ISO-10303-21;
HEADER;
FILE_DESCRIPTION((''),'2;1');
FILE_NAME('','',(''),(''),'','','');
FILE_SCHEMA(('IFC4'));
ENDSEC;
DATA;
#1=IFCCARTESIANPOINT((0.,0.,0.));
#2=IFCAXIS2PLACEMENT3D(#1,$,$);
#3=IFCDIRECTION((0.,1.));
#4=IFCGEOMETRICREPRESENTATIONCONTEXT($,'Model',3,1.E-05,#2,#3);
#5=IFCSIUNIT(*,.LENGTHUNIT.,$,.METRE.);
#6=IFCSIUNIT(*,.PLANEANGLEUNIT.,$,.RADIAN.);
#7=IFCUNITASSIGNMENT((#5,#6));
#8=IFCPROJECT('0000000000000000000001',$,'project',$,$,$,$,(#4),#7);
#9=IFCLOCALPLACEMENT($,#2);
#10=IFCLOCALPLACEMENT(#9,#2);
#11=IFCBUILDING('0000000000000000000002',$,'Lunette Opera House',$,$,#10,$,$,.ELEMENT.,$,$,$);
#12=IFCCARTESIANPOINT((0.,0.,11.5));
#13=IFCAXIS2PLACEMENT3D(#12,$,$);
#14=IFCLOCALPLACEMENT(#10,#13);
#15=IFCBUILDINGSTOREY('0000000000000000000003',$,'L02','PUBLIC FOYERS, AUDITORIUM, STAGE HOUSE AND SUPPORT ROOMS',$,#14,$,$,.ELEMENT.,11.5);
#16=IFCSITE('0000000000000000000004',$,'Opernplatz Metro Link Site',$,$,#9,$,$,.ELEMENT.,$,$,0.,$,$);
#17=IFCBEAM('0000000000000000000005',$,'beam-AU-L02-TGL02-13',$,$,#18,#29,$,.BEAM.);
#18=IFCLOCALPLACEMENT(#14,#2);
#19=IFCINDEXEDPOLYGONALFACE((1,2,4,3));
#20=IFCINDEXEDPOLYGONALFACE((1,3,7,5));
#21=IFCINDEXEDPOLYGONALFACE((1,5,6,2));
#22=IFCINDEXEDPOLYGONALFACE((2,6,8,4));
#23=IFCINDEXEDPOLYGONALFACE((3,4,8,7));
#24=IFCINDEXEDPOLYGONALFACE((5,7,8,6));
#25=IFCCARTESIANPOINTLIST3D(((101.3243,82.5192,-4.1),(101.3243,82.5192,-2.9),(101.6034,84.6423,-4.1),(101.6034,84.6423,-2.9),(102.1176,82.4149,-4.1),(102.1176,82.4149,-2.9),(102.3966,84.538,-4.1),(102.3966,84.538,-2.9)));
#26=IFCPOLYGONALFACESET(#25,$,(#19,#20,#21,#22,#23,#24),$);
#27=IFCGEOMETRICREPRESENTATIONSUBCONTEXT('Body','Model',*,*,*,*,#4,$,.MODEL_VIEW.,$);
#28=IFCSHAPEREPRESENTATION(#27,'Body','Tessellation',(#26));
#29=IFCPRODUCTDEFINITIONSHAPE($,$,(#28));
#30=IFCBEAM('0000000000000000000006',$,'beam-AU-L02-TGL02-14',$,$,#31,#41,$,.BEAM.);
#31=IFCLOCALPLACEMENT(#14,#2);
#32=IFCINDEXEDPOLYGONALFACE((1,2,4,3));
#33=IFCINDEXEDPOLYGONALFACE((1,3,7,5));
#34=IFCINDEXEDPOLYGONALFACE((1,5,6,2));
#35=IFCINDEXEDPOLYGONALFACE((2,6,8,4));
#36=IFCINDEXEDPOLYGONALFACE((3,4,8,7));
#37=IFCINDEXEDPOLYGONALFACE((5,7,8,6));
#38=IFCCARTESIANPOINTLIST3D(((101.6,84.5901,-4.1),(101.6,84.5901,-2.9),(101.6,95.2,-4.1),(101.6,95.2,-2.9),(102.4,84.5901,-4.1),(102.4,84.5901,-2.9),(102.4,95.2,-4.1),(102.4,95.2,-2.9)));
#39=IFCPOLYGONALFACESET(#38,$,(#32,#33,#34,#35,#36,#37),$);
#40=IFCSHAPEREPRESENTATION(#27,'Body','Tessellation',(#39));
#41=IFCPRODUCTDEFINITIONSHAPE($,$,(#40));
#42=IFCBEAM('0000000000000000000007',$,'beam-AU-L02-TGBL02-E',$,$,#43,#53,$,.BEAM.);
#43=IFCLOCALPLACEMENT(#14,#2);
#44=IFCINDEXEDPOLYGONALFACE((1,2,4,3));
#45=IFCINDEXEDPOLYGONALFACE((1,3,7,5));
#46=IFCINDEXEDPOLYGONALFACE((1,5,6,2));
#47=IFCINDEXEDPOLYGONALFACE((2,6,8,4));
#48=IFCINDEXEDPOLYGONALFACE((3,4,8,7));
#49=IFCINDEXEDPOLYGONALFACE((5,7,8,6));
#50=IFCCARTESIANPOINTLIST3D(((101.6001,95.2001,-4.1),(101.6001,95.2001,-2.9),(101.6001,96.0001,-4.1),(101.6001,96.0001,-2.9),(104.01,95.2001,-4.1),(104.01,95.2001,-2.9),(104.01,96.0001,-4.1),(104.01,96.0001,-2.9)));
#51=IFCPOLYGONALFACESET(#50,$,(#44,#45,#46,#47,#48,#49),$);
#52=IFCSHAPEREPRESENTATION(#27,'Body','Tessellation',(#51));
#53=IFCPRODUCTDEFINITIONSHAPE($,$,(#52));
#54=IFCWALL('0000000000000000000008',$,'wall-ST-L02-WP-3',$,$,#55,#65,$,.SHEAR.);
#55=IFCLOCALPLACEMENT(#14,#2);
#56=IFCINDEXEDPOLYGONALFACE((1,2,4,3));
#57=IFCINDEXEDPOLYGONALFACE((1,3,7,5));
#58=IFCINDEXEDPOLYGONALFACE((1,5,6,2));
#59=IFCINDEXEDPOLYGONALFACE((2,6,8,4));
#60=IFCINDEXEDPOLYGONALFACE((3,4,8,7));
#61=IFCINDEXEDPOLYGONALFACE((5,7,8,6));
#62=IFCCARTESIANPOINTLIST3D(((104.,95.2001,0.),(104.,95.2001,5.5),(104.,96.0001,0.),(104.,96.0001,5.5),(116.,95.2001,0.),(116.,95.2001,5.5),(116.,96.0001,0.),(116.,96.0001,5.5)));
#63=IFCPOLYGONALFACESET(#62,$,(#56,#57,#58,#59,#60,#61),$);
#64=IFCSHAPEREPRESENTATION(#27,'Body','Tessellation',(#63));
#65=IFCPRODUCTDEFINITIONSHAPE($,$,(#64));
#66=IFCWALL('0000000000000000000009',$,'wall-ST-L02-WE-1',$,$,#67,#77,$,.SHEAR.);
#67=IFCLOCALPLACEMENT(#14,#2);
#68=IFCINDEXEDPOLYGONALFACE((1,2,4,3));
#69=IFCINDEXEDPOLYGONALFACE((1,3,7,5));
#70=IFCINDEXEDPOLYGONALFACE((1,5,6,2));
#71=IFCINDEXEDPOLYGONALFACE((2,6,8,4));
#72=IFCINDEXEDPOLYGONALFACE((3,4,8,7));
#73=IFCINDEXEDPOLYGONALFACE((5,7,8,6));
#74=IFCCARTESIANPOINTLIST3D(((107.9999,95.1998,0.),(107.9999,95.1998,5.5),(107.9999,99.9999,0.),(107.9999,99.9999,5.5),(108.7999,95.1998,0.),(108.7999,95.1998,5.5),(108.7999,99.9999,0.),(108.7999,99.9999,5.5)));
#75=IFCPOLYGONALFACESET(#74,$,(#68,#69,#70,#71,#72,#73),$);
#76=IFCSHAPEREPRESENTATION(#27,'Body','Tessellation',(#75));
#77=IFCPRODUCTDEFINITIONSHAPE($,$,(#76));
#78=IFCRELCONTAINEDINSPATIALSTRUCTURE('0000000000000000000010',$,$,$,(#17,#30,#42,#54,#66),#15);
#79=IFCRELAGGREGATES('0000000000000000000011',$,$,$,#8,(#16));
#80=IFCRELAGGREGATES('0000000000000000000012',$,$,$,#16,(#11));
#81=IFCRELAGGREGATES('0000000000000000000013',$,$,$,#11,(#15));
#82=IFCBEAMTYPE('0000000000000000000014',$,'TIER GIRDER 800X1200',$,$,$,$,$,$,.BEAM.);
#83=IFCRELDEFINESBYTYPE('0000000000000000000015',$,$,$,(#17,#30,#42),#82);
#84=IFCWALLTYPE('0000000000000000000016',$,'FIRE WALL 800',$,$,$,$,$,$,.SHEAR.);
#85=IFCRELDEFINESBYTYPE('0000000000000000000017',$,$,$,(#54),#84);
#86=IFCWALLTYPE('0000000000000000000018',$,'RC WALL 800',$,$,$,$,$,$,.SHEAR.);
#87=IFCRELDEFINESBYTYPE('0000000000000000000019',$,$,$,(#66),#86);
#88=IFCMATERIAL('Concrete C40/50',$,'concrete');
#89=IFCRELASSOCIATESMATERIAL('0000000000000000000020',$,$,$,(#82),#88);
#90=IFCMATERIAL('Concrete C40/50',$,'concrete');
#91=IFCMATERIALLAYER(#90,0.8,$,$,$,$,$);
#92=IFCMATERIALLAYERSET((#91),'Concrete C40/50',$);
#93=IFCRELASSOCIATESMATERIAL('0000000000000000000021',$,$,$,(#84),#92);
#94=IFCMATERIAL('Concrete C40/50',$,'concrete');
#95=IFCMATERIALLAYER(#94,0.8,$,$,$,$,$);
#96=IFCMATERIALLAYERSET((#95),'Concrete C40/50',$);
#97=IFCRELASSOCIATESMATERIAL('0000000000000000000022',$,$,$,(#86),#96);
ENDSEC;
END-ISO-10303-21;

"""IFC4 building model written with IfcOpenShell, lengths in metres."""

from ifc_helpers import new_model, si_unit, direction, frame, frame_2d, origin, origin_2d, place, context, subcontext, project, spatial, rectangle, extrude, material, layer, layer_set, material_profile, profile_set, type_object, element, save


model = new_model("IFC4")

# Units and contexts
model_context = context("Model", 3, precision=1e-05, world=origin(), true_north=direction((0.0, 1.0)))
body_context = subcontext(model_context, "Body", "Model", "MODEL_VIEW")
ifc_project = project(units=[si_unit("LENGTHUNIT", "METRE"), si_unit("PLANEANGLEUNIT", "RADIAN")], contexts=[model_context])

# Site, building, storey
site_placement = place(None, origin())
site = spatial("IfcSite", under=ifc_project, at=site_placement, Name="Opernplatz Metro Link Site", CompositionType="ELEMENT", RefElevation=0.0)
building_placement = place(site_placement, origin())
building = spatial("IfcBuilding", under=site, at=building_placement, Name="Lunette Opera House", CompositionType="ELEMENT")
storey_placement = place(building_placement, frame((0.0, 0.0, 11.5)))
storey = spatial("IfcBuildingStorey", under=building, at=storey_placement, Name="L02", Description="PUBLIC FOYERS, AUDITORIUM, STAGE HOUSE AND SUPPORT ROOMS", CompositionType="ELEMENT", Elevation=11.5)

# Beams
ifc_material_1 = material(Name="Concrete C40/50", Category="concrete")
ifc_material_profile_1 = material_profile(ifc_material_1, rectangle(XDim=0.8, YDim=1.2, at=origin_2d()), Name="TIER GIRDER 800X1200")
ifc_profile_set_1 = profile_set([ifc_material_profile_1], Name="Concrete C40/50")
beam_type = type_object("IfcBeamType", Name="TIER GIRDER 800X1200", PredefinedType="BEAM", material=ifc_profile_set_1)
beam_1_placement = place(storey_placement, frame((101.7209, 82.467, -3.5), z_axis=(0.130319, 0.991472, 0.0), x_axis=(-0.991472, 0.130319, 0.0)))
element("IfcBeam", 1, at=beam_1_placement, inside=storey, type_object=beam_type, Name="beam-AU-L02-TGL02-13", PredefinedType="BEAM", context=body_context, shape_type="SweptSolid", body=[
    extrude(rectangle(XDim=0.8, YDim=1.2, at=origin_2d()), origin(), (0.0, 0.0, 1.0), 2.1414),
])
beam_2_placement = place(storey_placement, frame((102.0, 84.5901, -3.5), z_axis=(0.0, 1.0, 0.0), x_axis=(-1.0, 0.0, 0.0)))
element("IfcBeam", 2, at=beam_2_placement, inside=storey, type_object=beam_type, Name="beam-AU-L02-TGL02-14", PredefinedType="BEAM", context=body_context, shape_type="SweptSolid", body=[
    extrude(rectangle(XDim=0.8, YDim=1.2, at=origin_2d()), origin(), (0.0, 0.0, 1.0), 10.6099),
])
beam_3_placement = place(storey_placement, frame((104.01, 95.6001, -3.5), z_axis=(-1.0, 0.0, 0.0), x_axis=(0.0, -1.0, 0.0)))
element("IfcBeam", 3, at=beam_3_placement, inside=storey, type_object=beam_type, Name="beam-AU-L02-TGBL02-E", PredefinedType="BEAM", context=body_context, shape_type="SweptSolid", body=[
    extrude(rectangle(XDim=0.8, YDim=1.2, at=origin_2d()), origin(), (0.0, 0.0, 1.0), 2.4099),
])

# Walls
ifc_material_2 = material(Name="Concrete C40/50", Category="concrete")
ifc_layer_1 = layer(ifc_material_2, 0.8)
ifc_layer_set_1 = layer_set([ifc_layer_1], Name="Concrete C40/50")
wall_type_1 = type_object("IfcWallType", Name="FIRE WALL 800", PredefinedType="SHEAR", material=ifc_layer_set_1)
wall_1_placement = place(storey_placement, frame((104.0, 95.6001, 0.0), z_axis=(0.0, 0.0, 1.0), x_axis=(1.0, 0.0, 0.0)))
element("IfcWall", 4, at=wall_1_placement, inside=storey, type_object=wall_type_1, Name="wall-ST-L02-WP-3", PredefinedType="SHEAR", context=body_context, shape_type="SweptSolid", body=[
    extrude(rectangle(XDim=12.0, YDim=0.8, at=frame_2d((6.0, 0.0))), origin(), (0.0, 0.0, 1.0), 5.5),
])
ifc_material_3 = material(Name="Concrete C40/50", Category="concrete")
ifc_layer_2 = layer(ifc_material_3, 0.8)
ifc_layer_set_2 = layer_set([ifc_layer_2], Name="Concrete C40/50")
wall_type_2 = type_object("IfcWallType", Name="RC WALL 800", PredefinedType="SHEAR", material=ifc_layer_set_2)
wall_2_placement = place(storey_placement, frame((108.3999, 95.2, 0.0), z_axis=(0.0, 0.0, 1.0), x_axis=(0.0, 1.0, 0.0)))
element("IfcWall", 5, at=wall_2_placement, inside=storey, type_object=wall_type_2, Name="wall-ST-L02-WE-1", PredefinedType="SHEAR", context=body_context, shape_type="SweptSolid", body=[
    extrude(rectangle(XDim=4.8, YDim=0.8, at=frame_2d((2.3999, 0.0))), origin(), (0.0, 0.0, 1.0), 5.5),
])

save(model, "model.ifc")
